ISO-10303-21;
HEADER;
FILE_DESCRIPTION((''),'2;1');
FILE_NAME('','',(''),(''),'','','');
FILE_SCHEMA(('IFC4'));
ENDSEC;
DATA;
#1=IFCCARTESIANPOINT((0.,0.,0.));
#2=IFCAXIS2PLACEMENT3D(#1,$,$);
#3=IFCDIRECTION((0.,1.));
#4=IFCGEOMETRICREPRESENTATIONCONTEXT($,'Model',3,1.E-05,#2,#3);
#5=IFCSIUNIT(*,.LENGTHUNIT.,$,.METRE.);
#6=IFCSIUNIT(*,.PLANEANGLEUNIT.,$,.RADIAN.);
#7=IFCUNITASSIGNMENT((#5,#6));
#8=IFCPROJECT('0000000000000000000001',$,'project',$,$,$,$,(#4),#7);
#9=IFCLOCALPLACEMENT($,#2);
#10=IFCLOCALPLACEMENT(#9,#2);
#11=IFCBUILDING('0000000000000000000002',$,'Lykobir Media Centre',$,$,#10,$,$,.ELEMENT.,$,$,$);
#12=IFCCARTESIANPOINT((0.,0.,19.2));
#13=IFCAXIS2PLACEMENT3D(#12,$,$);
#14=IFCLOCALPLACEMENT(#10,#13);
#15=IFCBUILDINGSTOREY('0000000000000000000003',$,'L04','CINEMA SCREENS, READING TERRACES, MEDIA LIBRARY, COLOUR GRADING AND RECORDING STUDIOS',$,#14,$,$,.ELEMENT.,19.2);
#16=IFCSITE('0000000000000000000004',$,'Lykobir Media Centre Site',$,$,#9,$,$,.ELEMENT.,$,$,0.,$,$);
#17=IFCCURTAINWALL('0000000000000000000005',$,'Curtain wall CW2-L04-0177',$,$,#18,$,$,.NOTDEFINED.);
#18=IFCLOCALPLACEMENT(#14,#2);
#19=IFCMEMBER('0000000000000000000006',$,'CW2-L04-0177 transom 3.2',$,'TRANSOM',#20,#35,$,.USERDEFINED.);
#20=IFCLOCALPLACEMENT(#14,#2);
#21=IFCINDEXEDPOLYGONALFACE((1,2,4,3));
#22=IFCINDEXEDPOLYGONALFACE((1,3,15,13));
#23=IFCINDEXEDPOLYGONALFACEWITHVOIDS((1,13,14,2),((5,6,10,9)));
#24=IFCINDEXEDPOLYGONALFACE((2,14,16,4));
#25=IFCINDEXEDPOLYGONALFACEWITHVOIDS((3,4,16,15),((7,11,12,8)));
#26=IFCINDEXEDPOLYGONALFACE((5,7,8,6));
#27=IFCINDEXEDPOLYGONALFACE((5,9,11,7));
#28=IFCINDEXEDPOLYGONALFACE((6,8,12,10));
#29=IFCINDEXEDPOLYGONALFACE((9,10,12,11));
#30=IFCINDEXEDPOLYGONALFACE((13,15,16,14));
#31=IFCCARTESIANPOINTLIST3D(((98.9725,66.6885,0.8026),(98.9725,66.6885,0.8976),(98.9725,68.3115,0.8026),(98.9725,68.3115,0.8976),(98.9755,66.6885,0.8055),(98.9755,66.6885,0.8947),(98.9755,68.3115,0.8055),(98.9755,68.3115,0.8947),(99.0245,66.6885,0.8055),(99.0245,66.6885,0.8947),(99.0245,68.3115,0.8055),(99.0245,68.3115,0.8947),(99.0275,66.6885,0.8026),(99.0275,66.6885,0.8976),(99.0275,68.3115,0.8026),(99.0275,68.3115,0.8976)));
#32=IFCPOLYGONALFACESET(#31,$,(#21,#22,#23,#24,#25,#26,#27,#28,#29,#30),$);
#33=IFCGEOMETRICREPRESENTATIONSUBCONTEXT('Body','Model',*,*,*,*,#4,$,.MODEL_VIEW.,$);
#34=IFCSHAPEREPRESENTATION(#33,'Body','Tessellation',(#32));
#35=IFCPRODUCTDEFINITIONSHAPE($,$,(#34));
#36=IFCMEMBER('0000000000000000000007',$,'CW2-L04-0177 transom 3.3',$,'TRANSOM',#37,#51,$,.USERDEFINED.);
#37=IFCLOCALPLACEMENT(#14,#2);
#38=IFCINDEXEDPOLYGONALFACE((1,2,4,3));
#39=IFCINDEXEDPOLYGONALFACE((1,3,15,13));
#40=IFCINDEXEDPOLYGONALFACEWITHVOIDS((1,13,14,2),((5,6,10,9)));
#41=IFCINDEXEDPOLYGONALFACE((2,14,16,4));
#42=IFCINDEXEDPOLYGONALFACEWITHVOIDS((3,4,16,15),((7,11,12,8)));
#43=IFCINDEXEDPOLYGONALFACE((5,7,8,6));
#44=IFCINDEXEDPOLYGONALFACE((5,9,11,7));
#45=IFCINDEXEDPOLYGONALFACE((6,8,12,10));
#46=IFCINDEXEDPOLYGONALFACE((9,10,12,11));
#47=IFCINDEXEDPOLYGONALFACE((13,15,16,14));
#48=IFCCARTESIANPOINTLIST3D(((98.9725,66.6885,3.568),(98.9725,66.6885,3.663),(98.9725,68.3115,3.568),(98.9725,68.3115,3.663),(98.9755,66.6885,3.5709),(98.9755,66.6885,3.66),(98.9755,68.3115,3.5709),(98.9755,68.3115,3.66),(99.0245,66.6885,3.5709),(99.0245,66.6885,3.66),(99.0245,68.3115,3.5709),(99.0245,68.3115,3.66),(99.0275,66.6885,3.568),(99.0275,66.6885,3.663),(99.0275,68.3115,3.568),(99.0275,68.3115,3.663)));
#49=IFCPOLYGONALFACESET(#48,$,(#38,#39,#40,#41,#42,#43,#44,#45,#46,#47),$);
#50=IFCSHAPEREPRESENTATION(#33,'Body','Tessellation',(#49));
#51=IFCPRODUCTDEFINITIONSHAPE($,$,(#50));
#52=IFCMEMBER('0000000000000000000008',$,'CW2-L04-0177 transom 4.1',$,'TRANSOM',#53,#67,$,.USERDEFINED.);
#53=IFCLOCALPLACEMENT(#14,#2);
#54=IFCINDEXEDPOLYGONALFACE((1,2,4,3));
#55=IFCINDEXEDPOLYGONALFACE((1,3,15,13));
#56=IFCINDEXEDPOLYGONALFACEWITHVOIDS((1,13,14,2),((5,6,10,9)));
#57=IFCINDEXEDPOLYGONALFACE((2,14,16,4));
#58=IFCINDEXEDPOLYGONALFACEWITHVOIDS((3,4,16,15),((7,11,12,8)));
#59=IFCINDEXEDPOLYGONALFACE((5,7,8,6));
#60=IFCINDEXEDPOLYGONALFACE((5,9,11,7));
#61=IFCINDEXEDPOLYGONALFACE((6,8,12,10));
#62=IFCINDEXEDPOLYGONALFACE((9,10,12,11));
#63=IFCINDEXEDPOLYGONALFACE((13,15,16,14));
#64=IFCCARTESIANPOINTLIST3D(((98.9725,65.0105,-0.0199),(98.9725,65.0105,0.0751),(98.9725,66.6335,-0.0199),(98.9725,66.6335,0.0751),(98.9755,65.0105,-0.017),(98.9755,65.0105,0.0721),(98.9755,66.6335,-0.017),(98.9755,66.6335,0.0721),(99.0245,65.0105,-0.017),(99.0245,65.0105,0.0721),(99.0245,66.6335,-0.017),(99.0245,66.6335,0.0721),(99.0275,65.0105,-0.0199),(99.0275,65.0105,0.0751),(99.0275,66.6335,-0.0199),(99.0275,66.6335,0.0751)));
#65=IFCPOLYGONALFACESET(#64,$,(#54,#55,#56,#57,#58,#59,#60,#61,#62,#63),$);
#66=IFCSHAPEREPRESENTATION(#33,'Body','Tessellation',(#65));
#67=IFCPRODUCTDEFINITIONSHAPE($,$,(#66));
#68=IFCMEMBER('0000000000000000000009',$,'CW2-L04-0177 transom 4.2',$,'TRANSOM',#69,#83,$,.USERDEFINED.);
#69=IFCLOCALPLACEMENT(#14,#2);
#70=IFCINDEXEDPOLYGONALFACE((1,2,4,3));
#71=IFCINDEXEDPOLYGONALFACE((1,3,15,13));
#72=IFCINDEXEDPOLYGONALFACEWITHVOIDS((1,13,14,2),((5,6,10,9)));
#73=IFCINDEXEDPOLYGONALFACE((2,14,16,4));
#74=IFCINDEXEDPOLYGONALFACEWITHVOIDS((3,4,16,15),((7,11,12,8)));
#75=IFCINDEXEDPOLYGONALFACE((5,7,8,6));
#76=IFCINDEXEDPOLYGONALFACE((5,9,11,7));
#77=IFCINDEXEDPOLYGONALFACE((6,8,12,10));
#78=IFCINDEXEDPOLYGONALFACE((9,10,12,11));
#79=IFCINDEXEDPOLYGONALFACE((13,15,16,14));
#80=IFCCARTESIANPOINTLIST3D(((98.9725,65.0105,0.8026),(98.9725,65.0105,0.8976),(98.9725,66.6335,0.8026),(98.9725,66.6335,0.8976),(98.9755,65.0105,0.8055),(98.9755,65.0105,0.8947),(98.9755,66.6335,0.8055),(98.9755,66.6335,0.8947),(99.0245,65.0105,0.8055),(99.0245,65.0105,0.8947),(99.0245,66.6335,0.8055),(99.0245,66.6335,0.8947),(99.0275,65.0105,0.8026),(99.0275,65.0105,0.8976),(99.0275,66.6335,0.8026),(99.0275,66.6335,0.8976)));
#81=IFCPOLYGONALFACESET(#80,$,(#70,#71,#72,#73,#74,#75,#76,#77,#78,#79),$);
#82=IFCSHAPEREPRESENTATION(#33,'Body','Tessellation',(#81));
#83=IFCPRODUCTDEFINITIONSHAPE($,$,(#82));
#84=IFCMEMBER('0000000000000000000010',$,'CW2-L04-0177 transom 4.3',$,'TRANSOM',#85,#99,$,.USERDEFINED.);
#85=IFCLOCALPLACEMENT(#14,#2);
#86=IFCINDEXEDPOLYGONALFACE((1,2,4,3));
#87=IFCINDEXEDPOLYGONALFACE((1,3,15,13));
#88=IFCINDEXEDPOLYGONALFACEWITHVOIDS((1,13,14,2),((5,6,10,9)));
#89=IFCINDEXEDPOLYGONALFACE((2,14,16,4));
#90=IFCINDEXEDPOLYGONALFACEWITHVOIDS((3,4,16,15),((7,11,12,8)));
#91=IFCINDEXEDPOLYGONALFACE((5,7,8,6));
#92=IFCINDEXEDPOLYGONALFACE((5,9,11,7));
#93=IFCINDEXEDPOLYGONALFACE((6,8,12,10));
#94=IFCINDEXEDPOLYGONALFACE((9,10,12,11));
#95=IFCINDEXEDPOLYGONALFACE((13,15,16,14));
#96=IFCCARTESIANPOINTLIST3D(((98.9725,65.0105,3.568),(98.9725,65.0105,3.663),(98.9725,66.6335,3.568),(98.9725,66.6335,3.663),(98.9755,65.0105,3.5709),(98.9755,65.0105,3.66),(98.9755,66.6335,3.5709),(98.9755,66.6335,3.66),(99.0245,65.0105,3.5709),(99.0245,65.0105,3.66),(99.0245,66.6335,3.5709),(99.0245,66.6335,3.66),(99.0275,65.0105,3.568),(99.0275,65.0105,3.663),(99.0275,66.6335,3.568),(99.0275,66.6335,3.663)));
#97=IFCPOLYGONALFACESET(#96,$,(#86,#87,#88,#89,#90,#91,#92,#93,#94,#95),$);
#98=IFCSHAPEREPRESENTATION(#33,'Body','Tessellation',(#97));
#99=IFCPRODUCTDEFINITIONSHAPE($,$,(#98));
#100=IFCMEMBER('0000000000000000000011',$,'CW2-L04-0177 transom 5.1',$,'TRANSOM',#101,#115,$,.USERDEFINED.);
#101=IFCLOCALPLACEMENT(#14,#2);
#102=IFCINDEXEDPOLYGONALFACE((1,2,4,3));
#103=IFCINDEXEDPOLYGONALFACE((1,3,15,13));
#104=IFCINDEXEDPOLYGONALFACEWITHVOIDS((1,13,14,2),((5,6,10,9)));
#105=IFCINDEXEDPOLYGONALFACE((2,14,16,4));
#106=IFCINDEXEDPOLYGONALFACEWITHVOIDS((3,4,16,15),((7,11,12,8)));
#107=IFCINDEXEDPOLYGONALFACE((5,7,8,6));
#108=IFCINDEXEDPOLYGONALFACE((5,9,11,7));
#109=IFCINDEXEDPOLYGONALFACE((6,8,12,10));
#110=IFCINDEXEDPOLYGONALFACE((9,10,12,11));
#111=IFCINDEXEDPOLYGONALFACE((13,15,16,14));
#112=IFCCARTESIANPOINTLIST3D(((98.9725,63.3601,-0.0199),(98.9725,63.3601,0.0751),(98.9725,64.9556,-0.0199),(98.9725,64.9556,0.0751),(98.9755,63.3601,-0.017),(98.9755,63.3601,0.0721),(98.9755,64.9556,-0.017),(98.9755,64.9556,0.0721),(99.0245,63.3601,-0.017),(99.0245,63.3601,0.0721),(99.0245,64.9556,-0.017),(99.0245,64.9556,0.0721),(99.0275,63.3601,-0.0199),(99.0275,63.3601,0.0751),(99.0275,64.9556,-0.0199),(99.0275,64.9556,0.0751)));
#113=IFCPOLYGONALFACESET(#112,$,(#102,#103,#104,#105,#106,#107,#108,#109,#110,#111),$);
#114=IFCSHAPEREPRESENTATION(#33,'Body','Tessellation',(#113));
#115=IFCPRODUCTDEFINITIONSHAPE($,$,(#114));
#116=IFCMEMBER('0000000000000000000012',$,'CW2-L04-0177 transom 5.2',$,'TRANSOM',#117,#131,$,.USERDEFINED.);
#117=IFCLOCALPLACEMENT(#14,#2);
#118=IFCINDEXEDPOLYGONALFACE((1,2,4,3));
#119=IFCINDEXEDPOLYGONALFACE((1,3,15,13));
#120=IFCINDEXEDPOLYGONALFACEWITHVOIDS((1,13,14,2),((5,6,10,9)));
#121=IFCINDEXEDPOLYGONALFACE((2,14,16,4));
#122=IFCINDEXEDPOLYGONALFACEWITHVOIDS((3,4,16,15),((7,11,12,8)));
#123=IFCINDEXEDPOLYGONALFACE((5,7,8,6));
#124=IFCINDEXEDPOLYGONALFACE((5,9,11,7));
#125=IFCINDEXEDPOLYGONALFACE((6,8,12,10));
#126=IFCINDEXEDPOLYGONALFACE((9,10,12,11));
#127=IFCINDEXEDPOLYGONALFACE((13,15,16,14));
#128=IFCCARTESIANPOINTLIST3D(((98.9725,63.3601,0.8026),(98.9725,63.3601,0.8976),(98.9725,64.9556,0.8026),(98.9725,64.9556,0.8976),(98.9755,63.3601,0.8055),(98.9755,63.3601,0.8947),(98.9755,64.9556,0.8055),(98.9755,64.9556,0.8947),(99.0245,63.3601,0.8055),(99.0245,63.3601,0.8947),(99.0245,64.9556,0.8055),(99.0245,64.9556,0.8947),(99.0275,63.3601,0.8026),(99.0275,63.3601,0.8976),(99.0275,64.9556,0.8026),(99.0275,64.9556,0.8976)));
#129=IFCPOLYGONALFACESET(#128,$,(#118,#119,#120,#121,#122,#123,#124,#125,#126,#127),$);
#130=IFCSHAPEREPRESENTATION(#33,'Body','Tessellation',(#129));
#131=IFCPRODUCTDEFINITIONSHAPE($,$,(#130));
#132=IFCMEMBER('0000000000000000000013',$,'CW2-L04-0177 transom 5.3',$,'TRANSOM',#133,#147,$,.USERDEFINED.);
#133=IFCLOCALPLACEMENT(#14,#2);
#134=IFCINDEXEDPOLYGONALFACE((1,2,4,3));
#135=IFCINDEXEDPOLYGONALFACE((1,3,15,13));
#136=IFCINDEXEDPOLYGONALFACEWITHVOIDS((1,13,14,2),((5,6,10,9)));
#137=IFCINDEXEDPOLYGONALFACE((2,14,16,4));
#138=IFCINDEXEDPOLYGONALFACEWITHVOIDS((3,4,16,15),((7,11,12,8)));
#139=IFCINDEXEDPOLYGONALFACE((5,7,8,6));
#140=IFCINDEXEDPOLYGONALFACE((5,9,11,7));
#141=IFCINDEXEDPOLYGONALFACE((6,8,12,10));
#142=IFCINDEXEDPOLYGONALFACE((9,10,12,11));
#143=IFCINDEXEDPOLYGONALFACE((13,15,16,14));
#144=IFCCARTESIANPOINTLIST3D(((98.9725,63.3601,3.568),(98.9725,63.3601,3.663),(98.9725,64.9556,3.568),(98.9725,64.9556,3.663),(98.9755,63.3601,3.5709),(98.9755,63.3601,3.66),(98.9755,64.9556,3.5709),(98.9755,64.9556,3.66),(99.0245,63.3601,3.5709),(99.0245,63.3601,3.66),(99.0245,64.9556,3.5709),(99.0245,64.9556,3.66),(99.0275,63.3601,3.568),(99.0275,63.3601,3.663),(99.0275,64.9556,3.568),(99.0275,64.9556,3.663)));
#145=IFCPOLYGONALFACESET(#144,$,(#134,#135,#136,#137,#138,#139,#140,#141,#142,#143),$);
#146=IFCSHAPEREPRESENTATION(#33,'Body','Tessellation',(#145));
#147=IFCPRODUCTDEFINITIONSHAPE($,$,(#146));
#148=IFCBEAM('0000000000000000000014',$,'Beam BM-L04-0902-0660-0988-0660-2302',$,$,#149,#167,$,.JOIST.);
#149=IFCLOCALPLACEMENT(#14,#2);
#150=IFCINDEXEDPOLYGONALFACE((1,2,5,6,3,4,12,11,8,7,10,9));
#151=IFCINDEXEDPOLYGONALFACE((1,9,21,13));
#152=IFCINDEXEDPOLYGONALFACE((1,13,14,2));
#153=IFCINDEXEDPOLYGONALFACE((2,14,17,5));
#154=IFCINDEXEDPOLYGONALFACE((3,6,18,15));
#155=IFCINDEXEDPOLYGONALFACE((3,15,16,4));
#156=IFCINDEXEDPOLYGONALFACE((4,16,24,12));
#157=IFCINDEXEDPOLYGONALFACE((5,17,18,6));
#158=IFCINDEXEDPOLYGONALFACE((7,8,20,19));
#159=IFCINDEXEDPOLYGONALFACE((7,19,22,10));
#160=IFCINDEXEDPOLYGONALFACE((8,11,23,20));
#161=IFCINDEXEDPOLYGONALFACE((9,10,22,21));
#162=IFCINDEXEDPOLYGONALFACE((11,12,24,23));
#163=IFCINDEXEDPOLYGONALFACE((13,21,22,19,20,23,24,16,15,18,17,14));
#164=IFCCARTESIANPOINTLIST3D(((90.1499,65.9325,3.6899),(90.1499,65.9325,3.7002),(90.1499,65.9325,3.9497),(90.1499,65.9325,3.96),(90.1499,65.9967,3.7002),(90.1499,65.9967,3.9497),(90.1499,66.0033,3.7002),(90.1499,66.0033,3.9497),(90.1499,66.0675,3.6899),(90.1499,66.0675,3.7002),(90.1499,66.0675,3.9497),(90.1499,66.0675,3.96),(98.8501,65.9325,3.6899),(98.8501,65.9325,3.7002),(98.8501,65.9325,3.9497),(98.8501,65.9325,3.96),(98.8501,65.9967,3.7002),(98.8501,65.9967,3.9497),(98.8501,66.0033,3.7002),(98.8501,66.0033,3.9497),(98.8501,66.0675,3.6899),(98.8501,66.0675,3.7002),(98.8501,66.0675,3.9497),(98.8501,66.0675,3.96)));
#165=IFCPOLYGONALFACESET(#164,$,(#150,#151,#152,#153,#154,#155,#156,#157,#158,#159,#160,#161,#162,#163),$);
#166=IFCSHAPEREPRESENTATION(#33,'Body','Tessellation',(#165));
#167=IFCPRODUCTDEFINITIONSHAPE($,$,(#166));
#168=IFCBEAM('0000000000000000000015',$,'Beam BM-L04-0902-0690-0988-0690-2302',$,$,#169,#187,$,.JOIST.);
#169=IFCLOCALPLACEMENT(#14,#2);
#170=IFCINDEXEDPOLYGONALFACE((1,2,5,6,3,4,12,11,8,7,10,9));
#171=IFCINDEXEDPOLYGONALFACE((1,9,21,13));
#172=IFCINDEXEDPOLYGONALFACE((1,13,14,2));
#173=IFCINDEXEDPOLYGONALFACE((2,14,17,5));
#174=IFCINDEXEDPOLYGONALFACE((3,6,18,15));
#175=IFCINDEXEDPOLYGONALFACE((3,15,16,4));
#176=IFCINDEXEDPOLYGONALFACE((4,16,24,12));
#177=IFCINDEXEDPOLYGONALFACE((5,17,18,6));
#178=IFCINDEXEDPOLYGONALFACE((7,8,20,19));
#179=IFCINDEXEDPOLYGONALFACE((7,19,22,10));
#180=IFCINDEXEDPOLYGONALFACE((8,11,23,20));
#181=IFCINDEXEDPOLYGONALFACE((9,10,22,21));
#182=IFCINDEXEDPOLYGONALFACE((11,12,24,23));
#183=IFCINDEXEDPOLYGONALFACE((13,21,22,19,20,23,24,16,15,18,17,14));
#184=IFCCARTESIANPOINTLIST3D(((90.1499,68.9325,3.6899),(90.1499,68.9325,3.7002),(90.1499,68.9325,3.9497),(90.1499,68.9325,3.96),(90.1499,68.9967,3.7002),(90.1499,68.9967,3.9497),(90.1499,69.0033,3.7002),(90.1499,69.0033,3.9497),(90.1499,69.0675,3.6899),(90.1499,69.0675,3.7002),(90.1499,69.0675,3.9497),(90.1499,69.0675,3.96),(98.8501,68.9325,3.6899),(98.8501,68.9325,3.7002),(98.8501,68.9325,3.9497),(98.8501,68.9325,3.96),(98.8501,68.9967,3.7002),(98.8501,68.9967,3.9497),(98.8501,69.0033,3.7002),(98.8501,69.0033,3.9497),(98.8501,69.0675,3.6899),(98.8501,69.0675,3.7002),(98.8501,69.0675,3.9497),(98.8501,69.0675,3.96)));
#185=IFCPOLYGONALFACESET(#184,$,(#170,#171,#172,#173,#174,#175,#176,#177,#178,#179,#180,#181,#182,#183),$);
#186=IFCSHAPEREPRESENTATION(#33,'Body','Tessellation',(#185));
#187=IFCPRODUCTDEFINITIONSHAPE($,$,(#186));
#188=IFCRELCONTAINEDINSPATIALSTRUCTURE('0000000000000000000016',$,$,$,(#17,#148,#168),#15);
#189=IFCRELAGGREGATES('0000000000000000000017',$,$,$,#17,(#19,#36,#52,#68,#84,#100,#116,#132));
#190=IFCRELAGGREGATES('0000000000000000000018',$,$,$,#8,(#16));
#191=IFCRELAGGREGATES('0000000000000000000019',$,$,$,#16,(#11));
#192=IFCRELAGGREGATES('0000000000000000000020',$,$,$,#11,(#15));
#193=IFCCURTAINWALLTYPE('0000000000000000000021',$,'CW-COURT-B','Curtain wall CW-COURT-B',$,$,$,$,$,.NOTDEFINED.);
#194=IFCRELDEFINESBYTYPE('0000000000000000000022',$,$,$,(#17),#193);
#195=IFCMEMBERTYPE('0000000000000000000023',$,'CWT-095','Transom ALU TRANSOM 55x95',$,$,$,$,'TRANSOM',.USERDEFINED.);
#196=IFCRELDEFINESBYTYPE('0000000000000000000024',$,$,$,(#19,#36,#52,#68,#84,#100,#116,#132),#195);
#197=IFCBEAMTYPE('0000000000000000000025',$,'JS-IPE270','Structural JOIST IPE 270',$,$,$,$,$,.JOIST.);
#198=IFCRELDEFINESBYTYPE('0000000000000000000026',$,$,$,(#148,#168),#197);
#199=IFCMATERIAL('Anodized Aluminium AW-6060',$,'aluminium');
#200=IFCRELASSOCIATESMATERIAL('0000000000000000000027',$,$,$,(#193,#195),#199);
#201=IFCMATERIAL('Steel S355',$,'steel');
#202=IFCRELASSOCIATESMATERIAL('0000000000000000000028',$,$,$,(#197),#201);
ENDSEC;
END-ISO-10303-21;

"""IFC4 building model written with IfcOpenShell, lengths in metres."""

from ifc_helpers import new_model, si_unit, direction, frame, origin, origin_2d, place, context, subcontext, project, spatial, hollow_rectangle, i_section, extrude, material, material_profile, profile_set, type_object, element, aggregate, save


model = new_model("IFC4")

# Units and contexts
model_context = context("Model", 3, precision=1e-05, world=origin(), true_north=direction((0.0, 1.0)))
body_context = subcontext(model_context, "Body", "Model", "MODEL_VIEW")
ifc_project = project(units=[si_unit("LENGTHUNIT", "METRE"), si_unit("PLANEANGLEUNIT", "RADIAN")], contexts=[model_context])

# Site, building, storey
site_placement = place(None, origin())
site = spatial("IfcSite", under=ifc_project, at=site_placement, Name="Lykobir Media Centre Site", CompositionType="ELEMENT", RefElevation=0.0)
building_placement = place(site_placement, origin())
building = spatial("IfcBuilding", under=site, at=building_placement, Name="Lykobir Media Centre", CompositionType="ELEMENT")
storey_placement = place(building_placement, frame((0.0, 0.0, 19.2)))
storey = spatial("IfcBuildingStorey", under=building, at=storey_placement, Name="L04", Description="CINEMA SCREENS, READING TERRACES, MEDIA LIBRARY, COLOUR GRADING AND RECORDING STUDIOS", CompositionType="ELEMENT", Elevation=19.2)

# Shared definitions
ifc_material_1 = material(Name="Steel S355", Category="steel")

# Curtain wall, members
ifc_material_2 = material(Name="Anodized Aluminium AW-6060", Category="aluminium")
curtain_wall_type_1 = type_object("IfcCurtainWallType", Name="CW-COURT-B", Description="Curtain wall CW-COURT-B", PredefinedType="NOTDEFINED", material=ifc_material_2)
curtain_wall_1_placement = place(storey_placement, origin())
curtain_wall_1 = element("IfcCurtainWall", 1, at=curtain_wall_1_placement, inside=storey, type_object=curtain_wall_type_1, Name="Curtain wall CW2-L04-0177", PredefinedType="NOTDEFINED")
ifc_material_profile_1 = material_profile(ifc_material_2, hollow_rectangle(XDim=0.0549, YDim=0.095, WallThickness=0.0029, at=origin_2d()), Name="ALU TRANSOM 55x95")
ifc_profile_set_1 = profile_set([ifc_material_profile_1], Name="Anodized Aluminium AW-6060")
member_type_1 = type_object("IfcMemberType", Name="CWT-095", Description="Transom ALU TRANSOM 55x95", ElementType="TRANSOM", PredefinedType="USERDEFINED", material=ifc_profile_set_1)
member_1_placement = place(storey_placement, frame((99.0, 68.3115, 0.8501), z_axis=(0.0, -1.0, 0.0), x_axis=(1.0, 0.0, 0.0)))
member_1 = element("IfcMember", 2, at=member_1_placement, type_object=member_type_1, Name="CW2-L04-0177 transom 3.2", ObjectType="TRANSOM", PredefinedType="USERDEFINED", context=body_context, shape_type="SweptSolid", body=[
    extrude(hollow_rectangle(XDim=0.0549, YDim=0.095, WallThickness=0.0029, at=origin_2d()), origin(), (0.0, 0.0, 1.0), 1.623),
])
member_2_placement = place(storey_placement, frame((99.0, 68.3115, 3.6155), z_axis=(0.0, -1.0, 0.0), x_axis=(1.0, 0.0, 0.0)))
member_2 = element("IfcMember", 3, at=member_2_placement, type_object=member_type_1, Name="CW2-L04-0177 transom 3.3", ObjectType="TRANSOM", PredefinedType="USERDEFINED", context=body_context, shape_type="SweptSolid", body=[
    extrude(hollow_rectangle(XDim=0.0549, YDim=0.095, WallThickness=0.0029, at=origin_2d()), origin(), (0.0, 0.0, 1.0), 1.623),
])
member_3_placement = place(storey_placement, frame((99.0, 66.6335, 0.0276), z_axis=(0.0, -1.0, 0.0), x_axis=(1.0, 0.0, 0.0)))
member_3 = element("IfcMember", 4, at=member_3_placement, type_object=member_type_1, Name="CW2-L04-0177 transom 4.1", ObjectType="TRANSOM", PredefinedType="USERDEFINED", context=body_context, shape_type="SweptSolid", body=[
    extrude(hollow_rectangle(XDim=0.0549, YDim=0.095, WallThickness=0.0029, at=origin_2d()), origin(), (0.0, 0.0, 1.0), 1.623),
])
member_4_placement = place(storey_placement, frame((99.0, 66.6335, 0.8501), z_axis=(0.0, -1.0, 0.0), x_axis=(1.0, 0.0, 0.0)))
member_4 = element("IfcMember", 5, at=member_4_placement, type_object=member_type_1, Name="CW2-L04-0177 transom 4.2", ObjectType="TRANSOM", PredefinedType="USERDEFINED", context=body_context, shape_type="SweptSolid", body=[
    extrude(hollow_rectangle(XDim=0.0549, YDim=0.095, WallThickness=0.0029, at=origin_2d()), origin(), (0.0, 0.0, 1.0), 1.623),
])
member_5_placement = place(storey_placement, frame((99.0, 66.6335, 3.6155), z_axis=(0.0, -1.0, 0.0), x_axis=(1.0, 0.0, 0.0)))
member_5 = element("IfcMember", 6, at=member_5_placement, type_object=member_type_1, Name="CW2-L04-0177 transom 4.3", ObjectType="TRANSOM", PredefinedType="USERDEFINED", context=body_context, shape_type="SweptSolid", body=[
    extrude(hollow_rectangle(XDim=0.0549, YDim=0.095, WallThickness=0.0029, at=origin_2d()), origin(), (0.0, 0.0, 1.0), 1.623),
])
member_6_placement = place(storey_placement, frame((99.0, 64.9556, 0.0276), z_axis=(0.0, -1.0, 0.0), x_axis=(1.0, 0.0, 0.0)))
member_6 = element("IfcMember", 7, at=member_6_placement, type_object=member_type_1, Name="CW2-L04-0177 transom 5.1", ObjectType="TRANSOM", PredefinedType="USERDEFINED", context=body_context, shape_type="SweptSolid", body=[
    extrude(hollow_rectangle(XDim=0.0549, YDim=0.095, WallThickness=0.0029, at=origin_2d()), origin(), (0.0, 0.0, 1.0), 1.5955),
])
member_7_placement = place(storey_placement, frame((99.0, 64.9556, 0.8501), z_axis=(0.0, -1.0, 0.0), x_axis=(1.0, 0.0, 0.0)))
member_7 = element("IfcMember", 8, at=member_7_placement, type_object=member_type_1, Name="CW2-L04-0177 transom 5.2", ObjectType="TRANSOM", PredefinedType="USERDEFINED", context=body_context, shape_type="SweptSolid", body=[
    extrude(hollow_rectangle(XDim=0.0549, YDim=0.095, WallThickness=0.0029, at=origin_2d()), origin(), (0.0, 0.0, 1.0), 1.5955),
])
member_8_placement = place(storey_placement, frame((99.0, 64.9556, 3.6155), z_axis=(0.0, -1.0, 0.0), x_axis=(1.0, 0.0, 0.0)))
member_8 = element("IfcMember", 9, at=member_8_placement, type_object=member_type_1, Name="CW2-L04-0177 transom 5.3", ObjectType="TRANSOM", PredefinedType="USERDEFINED", context=body_context, shape_type="SweptSolid", body=[
    extrude(hollow_rectangle(XDim=0.0549, YDim=0.095, WallThickness=0.0029, at=origin_2d()), origin(), (0.0, 0.0, 1.0), 1.5955),
])

# Beams
ifc_material_profile_2 = material_profile(ifc_material_1, i_section(OverallWidth=0.135, OverallDepth=0.27, WebThickness=0.0066, FlangeThickness=0.0103, at=origin_2d()), Name="IPE 270")
ifc_profile_set_2 = profile_set([ifc_material_profile_2], Name="Steel S355")
beam_type_1 = type_object("IfcBeamType", Name="JS-IPE270", Description="Structural JOIST IPE 270", PredefinedType="JOIST", material=ifc_profile_set_2)
for number, where, z_axis, x_axis, name in (
    (10, (90.1499, 66.0, 3.825), (1.0, 0.0, 0.0), (0.0, 1.0, 0.0), "Beam BM-L04-0902-0660-0988-0660-2302"),
    (11, (90.1499, 69.0, 3.825), (1.0, 0.0, 0.0), (0.0, 1.0, 0.0), "Beam BM-L04-0902-0690-0988-0690-2302"),
):
    element("IfcBeam", number, at=place(storey_placement, frame(where, z_axis=z_axis, x_axis=x_axis)), inside=storey, type_object=beam_type_1, Name=name, PredefinedType="JOIST", context=body_context, shape_type="SweptSolid", body=[
        extrude(i_section(OverallWidth=0.135, OverallDepth=0.27, WebThickness=0.0066, FlangeThickness=0.0103, at=origin_2d()), origin(), (0.0, 0.0, 1.0), 8.7002),
    ])

aggregate(curtain_wall_1, [member_1, member_2, member_3, member_4, member_5, member_6, member_7, member_8])

save(model, "model.ifc")
